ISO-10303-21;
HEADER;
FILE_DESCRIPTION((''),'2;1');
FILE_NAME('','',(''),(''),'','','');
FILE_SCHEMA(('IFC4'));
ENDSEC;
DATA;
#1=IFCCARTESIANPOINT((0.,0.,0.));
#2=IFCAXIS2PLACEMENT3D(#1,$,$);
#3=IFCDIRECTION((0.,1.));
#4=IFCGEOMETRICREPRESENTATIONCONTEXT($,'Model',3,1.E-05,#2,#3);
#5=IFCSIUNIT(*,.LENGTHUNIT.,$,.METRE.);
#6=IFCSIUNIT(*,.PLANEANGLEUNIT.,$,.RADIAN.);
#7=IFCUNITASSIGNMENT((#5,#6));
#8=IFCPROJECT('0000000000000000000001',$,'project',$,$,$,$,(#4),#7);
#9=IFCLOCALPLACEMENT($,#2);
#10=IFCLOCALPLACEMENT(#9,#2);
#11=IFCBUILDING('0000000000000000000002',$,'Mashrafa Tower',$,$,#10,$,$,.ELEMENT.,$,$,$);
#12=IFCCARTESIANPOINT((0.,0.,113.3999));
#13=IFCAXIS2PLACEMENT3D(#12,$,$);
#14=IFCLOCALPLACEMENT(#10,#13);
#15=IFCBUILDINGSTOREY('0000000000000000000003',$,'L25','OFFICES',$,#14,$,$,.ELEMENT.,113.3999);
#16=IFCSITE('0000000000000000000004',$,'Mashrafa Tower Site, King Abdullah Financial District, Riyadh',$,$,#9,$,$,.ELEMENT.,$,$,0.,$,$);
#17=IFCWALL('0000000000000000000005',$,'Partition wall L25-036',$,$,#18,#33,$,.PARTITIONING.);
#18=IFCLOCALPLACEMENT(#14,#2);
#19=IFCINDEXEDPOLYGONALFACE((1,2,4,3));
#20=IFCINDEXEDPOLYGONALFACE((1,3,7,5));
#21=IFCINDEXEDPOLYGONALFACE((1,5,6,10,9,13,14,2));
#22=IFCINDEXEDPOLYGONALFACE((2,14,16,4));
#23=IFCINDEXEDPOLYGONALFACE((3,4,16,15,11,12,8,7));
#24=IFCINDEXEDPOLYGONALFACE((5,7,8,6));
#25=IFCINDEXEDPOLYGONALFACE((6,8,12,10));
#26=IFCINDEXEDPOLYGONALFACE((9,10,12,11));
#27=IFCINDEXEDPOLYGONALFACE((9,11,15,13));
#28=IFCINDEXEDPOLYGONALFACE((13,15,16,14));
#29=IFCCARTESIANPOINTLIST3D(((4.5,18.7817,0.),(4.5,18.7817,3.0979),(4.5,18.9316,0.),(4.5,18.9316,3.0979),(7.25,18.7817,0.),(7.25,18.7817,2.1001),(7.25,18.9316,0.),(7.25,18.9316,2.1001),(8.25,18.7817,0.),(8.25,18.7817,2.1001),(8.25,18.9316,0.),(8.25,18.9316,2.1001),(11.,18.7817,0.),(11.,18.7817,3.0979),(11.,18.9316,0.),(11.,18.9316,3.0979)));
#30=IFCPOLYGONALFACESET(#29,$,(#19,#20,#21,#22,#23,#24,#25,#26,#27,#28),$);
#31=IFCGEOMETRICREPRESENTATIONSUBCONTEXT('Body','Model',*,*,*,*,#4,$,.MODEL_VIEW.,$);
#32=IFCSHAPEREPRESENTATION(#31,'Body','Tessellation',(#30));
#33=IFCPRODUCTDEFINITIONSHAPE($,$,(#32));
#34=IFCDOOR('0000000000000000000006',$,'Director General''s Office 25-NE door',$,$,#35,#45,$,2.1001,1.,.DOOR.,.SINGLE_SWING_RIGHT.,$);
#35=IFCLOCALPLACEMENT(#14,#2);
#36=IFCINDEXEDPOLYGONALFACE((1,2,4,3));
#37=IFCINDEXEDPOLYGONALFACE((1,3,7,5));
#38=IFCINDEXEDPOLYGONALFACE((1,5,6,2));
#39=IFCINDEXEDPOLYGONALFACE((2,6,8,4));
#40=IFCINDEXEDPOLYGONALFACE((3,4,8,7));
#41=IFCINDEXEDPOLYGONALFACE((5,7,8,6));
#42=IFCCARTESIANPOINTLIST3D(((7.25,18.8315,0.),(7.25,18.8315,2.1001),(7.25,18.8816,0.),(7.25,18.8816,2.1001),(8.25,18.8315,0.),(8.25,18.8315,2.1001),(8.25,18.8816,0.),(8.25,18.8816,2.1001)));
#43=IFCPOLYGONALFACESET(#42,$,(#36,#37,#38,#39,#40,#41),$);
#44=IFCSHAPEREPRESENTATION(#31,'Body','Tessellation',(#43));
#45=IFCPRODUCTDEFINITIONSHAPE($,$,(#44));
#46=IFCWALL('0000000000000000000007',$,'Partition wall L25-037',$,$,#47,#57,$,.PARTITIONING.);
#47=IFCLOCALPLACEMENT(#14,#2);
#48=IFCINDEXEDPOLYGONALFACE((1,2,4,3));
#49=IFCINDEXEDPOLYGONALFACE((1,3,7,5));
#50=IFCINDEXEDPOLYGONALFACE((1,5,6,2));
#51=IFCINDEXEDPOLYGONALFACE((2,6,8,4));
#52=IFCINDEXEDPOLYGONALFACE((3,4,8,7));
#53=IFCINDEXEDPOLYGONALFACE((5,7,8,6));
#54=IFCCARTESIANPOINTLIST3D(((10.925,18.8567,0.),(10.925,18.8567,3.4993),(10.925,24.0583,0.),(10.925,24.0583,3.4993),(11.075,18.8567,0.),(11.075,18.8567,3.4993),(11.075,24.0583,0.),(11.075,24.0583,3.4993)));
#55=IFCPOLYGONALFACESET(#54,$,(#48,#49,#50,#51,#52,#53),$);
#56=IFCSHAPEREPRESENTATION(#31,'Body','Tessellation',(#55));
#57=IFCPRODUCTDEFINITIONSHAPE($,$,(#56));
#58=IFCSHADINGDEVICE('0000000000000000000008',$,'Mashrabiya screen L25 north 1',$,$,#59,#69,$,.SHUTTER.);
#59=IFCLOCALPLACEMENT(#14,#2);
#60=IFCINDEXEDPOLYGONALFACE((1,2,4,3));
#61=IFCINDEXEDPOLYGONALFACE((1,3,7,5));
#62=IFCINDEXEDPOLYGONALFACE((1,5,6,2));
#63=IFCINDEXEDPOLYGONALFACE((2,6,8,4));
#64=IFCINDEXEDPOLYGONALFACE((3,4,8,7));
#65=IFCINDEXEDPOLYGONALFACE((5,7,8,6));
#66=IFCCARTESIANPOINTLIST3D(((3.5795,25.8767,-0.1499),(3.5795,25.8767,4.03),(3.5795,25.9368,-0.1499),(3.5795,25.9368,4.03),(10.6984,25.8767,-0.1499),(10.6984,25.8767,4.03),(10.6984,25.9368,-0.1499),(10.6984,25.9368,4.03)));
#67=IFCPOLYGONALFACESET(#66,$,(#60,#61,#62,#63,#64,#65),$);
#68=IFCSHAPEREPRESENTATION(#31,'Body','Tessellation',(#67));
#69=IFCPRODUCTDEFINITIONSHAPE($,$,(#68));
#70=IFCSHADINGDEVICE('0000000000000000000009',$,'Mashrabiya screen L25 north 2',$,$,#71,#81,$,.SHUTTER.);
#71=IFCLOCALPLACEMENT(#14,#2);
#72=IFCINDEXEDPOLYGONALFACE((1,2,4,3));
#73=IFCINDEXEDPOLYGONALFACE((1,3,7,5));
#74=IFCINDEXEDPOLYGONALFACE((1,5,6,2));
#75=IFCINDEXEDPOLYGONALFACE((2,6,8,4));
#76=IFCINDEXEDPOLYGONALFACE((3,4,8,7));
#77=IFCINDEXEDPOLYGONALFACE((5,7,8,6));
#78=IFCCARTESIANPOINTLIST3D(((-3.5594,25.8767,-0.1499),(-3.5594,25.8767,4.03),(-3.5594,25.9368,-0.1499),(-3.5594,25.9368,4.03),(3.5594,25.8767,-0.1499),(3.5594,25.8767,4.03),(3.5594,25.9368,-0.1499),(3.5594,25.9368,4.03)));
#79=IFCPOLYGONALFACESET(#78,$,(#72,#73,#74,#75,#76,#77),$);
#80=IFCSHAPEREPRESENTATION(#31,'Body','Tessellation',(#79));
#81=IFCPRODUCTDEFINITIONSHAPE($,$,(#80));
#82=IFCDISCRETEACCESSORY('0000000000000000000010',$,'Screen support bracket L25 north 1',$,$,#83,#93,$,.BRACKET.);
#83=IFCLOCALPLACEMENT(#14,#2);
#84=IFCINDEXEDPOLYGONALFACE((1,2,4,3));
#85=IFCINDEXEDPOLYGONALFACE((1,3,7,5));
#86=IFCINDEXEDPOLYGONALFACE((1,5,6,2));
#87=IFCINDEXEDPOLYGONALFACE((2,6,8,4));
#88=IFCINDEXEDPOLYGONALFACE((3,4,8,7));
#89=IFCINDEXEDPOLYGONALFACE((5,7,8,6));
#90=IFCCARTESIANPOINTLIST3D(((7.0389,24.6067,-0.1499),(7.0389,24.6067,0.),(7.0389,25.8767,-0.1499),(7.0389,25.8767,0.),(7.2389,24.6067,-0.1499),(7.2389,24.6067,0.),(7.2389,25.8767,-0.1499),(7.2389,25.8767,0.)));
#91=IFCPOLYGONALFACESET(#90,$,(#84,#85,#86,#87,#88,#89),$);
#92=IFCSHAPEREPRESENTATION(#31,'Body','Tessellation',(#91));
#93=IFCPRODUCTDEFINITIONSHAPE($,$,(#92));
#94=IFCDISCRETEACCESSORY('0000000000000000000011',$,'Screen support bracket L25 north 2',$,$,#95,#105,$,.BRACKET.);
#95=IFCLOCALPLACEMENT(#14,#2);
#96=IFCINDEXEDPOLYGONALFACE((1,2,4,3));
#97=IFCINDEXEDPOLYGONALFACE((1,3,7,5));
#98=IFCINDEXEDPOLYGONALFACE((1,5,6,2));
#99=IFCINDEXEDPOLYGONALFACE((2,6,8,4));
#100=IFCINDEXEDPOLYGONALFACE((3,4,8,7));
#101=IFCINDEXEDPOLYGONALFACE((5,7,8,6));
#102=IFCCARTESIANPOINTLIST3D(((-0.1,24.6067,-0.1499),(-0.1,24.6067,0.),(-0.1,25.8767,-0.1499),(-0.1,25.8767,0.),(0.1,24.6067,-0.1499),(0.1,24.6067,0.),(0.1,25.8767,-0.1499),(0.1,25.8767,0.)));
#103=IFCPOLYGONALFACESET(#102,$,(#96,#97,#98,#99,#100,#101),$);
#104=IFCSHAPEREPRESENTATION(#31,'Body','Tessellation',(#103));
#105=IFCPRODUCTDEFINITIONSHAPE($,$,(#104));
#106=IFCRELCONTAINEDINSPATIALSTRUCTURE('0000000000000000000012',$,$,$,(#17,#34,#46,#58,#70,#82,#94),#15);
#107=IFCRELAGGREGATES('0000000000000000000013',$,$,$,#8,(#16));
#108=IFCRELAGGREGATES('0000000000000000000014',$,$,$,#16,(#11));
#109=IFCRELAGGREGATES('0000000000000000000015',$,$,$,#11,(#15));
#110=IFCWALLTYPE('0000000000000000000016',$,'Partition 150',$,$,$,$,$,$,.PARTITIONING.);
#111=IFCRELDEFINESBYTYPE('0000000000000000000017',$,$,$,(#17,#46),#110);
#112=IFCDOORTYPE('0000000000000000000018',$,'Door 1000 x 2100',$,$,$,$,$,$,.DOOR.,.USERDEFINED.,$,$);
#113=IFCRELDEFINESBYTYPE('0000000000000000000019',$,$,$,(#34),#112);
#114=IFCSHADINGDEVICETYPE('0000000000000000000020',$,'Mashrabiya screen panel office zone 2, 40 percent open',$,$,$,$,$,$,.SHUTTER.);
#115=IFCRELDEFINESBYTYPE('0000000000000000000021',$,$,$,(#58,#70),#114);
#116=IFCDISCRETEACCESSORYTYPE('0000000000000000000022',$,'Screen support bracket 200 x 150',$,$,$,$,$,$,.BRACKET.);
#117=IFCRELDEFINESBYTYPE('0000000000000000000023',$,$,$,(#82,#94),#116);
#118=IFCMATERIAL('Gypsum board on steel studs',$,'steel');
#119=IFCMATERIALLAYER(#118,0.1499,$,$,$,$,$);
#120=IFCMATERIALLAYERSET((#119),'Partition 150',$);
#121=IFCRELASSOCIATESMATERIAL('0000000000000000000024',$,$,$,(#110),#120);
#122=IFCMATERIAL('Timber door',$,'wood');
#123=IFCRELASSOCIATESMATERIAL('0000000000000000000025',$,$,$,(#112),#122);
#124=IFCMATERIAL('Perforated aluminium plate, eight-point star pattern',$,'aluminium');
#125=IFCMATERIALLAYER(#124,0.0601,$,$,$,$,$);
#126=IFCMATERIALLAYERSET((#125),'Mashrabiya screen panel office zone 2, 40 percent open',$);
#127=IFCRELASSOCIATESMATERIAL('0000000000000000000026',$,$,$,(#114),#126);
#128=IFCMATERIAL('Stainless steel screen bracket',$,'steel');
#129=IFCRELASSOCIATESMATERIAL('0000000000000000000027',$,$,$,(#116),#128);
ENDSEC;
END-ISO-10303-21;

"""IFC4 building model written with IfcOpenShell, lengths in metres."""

from ifc_helpers import new_model, si_unit, direction, frame, frame_2d, origin, origin_2d, place, context, subcontext, project, spatial, rectangle, extrude, source, transform, mapped, material, layer, layer_set, type_object, type_shapes, element, fill, save


model = new_model("IFC4")

# Units and contexts
model_context = context("Model", 3, precision=1e-05, world=origin(), true_north=direction((0.0, 1.0)))
body_context = subcontext(model_context, "Body", "Model", "MODEL_VIEW")
ifc_project = project(units=[si_unit("LENGTHUNIT", "METRE"), si_unit("PLANEANGLEUNIT", "RADIAN")], contexts=[model_context])

# Site, building, storey
site_placement = place(None, origin())
site = spatial("IfcSite", under=ifc_project, at=site_placement, Name="Mashrafa Tower Site, King Abdullah Financial District, Riyadh", CompositionType="ELEMENT", RefElevation=0.0)
building_placement = place(site_placement, origin())
building = spatial("IfcBuilding", under=site, at=building_placement, Name="Mashrafa Tower", CompositionType="ELEMENT")
storey_placement = place(building_placement, frame((0.0, 0.0, 113.3999)))
storey = spatial("IfcBuildingStorey", under=building, at=storey_placement, Name="L25", Description="OFFICES", CompositionType="ELEMENT", Elevation=113.3999)

# Shared definitions
ifc_material_1 = material(Name="Gypsum board on steel studs", Category="steel")
ifc_layer_1 = layer(ifc_material_1, 0.1499)
ifc_layer_set_1 = layer_set([ifc_layer_1], Name="Partition 150")
wall_type = type_object("IfcWallType", Name="Partition 150", PredefinedType="PARTITIONING", material=ifc_layer_set_1)

# Wall, opening, door
wall_1_placement = place(storey_placement, frame((4.5, 18.8567, 0.0), z_axis=(0.0, 0.0, 1.0), x_axis=(1.0, 0.0, 0.0)))
wall_1 = element("IfcWall", 1, at=wall_1_placement, inside=storey, type_object=wall_type, Name="Partition wall L25-036", PredefinedType="PARTITIONING", context=body_context, shape_type="SweptSolid", body=[
    extrude(rectangle(XDim=6.5, YDim=0.1499, at=frame_2d((3.25, 0.0))), origin(), (0.0, 0.0, 1.0), 3.0979),
])
opening_placement = place(wall_1_placement, frame((2.75, 0.0, 0.0)))
opening = element("IfcOpeningElement", 2, at=opening_placement, cuts=wall_1, PredefinedType="OPENING", context=body_context, shape_type="SweptSolid", body=[
    extrude(rectangle(XDim=1.0, YDim=2.1001, at=frame_2d((0.5, 1.05))), frame((0.0, 0.085, 0.0), z_axis=(0.0, -1.0, 0.0), x_axis=(1.0, 0.0, 0.0)), (0.0, 0.0, 1.0), 0.1699),
])
ifc_material_2 = material(Name="Timber door", Category="wood")
door_type = type_object("IfcDoorType", Name="Door 1000 x 2100", OperationType="USERDEFINED", PredefinedType="DOOR", material=ifc_material_2)
door_placement = place(opening_placement, origin())
door = element("IfcDoor", 3, at=door_placement, inside=storey, type_object=door_type, Name="Director General's Office 25-NE door", OperationType="SINGLE_SWING_RIGHT", OverallHeight=2.1001, OverallWidth=1.0, PredefinedType="DOOR", context=body_context, shape_type="SweptSolid", body=[
    extrude(rectangle(XDim=1.0, YDim=2.1001, at=frame_2d((0.5, 1.05))), frame((0.0, 0.0249, 0.0), z_axis=(0.0, -1.0, 0.0), x_axis=(1.0, 0.0, 0.0)), (0.0, 0.0, 1.0), 0.05),
])
fill(opening, door)

# Wall
wall_2_placement = place(storey_placement, frame((11.0, 18.8567, 0.0), z_axis=(0.0, 0.0, 1.0), x_axis=(0.0, 1.0, 0.0)))
element("IfcWall", 4, at=wall_2_placement, inside=storey, type_object=wall_type, Name="Partition wall L25-037", PredefinedType="PARTITIONING", context=body_context, shape_type="SweptSolid", body=[
    extrude(rectangle(XDim=5.2017, YDim=0.1499, at=frame_2d((2.6008, 0.0))), origin(), (0.0, 0.0, 1.0), 3.4993),
])

# Shading devices
ifc_material_3 = material(Name="Perforated aluminium plate, eight-point star pattern", Category="aluminium")
ifc_layer_2 = layer(ifc_material_3, 0.0601)
ifc_layer_set_2 = layer_set([ifc_layer_2], Name="Mashrabiya screen panel office zone 2, 40 percent open")
shading_device_type = type_object("IfcShadingDeviceType", Name="Mashrabiya screen panel office zone 2, 40 percent open", PredefinedType="SHUTTER", material=ifc_layer_set_2)
shared_shape_1 = source(origin(), body_context, "Body", "SweptSolid", [
    extrude(rectangle(XDim=7.1189, YDim=0.0601, at=origin_2d()), origin(), (0.0, 0.0, 1.0), 4.1799),
])
type_shapes(shading_device_type, [shared_shape_1])
for number, where, z_axis, x_axis, name in (
    (5, (7.1389, 25.9067, -0.1499), (0.0, 0.0, 1.0), (-1.0, 0.0, 0.0), "Mashrabiya screen L25 north 1"),
    (6, (0.0, 25.9067, -0.1499), (0.0, 0.0, 1.0), (-1.0, 0.0, 0.0), "Mashrabiya screen L25 north 2"),
):
    element("IfcShadingDevice", number, at=place(storey_placement, frame(where, z_axis=z_axis, x_axis=x_axis)), inside=storey, type_object=shading_device_type, Name=name, PredefinedType="SHUTTER", context=body_context, shape_type="MappedRepresentation", body=[
        mapped(shared_shape_1, transform((0.0, 0.0, 0.0))),
    ])

# Discrete accessories
ifc_material_4 = material(Name="Stainless steel screen bracket", Category="steel")
discrete_accessory_type = type_object("IfcDiscreteAccessoryType", Name="Screen support bracket 200 x 150", PredefinedType="BRACKET", material=ifc_material_4)
shared_shape_2 = source(origin(), body_context, "Body", "SweptSolid", [
    extrude(rectangle(XDim=0.2, YDim=1.27, at=origin_2d()), origin(), (0.0, 0.0, 1.0), 0.1499),
])
type_shapes(discrete_accessory_type, [shared_shape_2])
for number, where, z_axis, x_axis, name in (
    (7, (7.1389, 25.2417, -0.1499), (0.0, 0.0, 1.0), (-1.0, 0.0, 0.0), "Screen support bracket L25 north 1"),
    (8, (0.0, 25.2417, -0.1499), (0.0, 0.0, 1.0), (-1.0, 0.0, 0.0), "Screen support bracket L25 north 2"),
):
    element("IfcDiscreteAccessory", number, at=place(storey_placement, frame(where, z_axis=z_axis, x_axis=x_axis)), inside=storey, type_object=discrete_accessory_type, Name=name, PredefinedType="BRACKET", context=body_context, shape_type="MappedRepresentation", body=[
        mapped(shared_shape_2, transform((0.0, 0.0, 0.0))),
    ])

save(model, "model.ifc")
